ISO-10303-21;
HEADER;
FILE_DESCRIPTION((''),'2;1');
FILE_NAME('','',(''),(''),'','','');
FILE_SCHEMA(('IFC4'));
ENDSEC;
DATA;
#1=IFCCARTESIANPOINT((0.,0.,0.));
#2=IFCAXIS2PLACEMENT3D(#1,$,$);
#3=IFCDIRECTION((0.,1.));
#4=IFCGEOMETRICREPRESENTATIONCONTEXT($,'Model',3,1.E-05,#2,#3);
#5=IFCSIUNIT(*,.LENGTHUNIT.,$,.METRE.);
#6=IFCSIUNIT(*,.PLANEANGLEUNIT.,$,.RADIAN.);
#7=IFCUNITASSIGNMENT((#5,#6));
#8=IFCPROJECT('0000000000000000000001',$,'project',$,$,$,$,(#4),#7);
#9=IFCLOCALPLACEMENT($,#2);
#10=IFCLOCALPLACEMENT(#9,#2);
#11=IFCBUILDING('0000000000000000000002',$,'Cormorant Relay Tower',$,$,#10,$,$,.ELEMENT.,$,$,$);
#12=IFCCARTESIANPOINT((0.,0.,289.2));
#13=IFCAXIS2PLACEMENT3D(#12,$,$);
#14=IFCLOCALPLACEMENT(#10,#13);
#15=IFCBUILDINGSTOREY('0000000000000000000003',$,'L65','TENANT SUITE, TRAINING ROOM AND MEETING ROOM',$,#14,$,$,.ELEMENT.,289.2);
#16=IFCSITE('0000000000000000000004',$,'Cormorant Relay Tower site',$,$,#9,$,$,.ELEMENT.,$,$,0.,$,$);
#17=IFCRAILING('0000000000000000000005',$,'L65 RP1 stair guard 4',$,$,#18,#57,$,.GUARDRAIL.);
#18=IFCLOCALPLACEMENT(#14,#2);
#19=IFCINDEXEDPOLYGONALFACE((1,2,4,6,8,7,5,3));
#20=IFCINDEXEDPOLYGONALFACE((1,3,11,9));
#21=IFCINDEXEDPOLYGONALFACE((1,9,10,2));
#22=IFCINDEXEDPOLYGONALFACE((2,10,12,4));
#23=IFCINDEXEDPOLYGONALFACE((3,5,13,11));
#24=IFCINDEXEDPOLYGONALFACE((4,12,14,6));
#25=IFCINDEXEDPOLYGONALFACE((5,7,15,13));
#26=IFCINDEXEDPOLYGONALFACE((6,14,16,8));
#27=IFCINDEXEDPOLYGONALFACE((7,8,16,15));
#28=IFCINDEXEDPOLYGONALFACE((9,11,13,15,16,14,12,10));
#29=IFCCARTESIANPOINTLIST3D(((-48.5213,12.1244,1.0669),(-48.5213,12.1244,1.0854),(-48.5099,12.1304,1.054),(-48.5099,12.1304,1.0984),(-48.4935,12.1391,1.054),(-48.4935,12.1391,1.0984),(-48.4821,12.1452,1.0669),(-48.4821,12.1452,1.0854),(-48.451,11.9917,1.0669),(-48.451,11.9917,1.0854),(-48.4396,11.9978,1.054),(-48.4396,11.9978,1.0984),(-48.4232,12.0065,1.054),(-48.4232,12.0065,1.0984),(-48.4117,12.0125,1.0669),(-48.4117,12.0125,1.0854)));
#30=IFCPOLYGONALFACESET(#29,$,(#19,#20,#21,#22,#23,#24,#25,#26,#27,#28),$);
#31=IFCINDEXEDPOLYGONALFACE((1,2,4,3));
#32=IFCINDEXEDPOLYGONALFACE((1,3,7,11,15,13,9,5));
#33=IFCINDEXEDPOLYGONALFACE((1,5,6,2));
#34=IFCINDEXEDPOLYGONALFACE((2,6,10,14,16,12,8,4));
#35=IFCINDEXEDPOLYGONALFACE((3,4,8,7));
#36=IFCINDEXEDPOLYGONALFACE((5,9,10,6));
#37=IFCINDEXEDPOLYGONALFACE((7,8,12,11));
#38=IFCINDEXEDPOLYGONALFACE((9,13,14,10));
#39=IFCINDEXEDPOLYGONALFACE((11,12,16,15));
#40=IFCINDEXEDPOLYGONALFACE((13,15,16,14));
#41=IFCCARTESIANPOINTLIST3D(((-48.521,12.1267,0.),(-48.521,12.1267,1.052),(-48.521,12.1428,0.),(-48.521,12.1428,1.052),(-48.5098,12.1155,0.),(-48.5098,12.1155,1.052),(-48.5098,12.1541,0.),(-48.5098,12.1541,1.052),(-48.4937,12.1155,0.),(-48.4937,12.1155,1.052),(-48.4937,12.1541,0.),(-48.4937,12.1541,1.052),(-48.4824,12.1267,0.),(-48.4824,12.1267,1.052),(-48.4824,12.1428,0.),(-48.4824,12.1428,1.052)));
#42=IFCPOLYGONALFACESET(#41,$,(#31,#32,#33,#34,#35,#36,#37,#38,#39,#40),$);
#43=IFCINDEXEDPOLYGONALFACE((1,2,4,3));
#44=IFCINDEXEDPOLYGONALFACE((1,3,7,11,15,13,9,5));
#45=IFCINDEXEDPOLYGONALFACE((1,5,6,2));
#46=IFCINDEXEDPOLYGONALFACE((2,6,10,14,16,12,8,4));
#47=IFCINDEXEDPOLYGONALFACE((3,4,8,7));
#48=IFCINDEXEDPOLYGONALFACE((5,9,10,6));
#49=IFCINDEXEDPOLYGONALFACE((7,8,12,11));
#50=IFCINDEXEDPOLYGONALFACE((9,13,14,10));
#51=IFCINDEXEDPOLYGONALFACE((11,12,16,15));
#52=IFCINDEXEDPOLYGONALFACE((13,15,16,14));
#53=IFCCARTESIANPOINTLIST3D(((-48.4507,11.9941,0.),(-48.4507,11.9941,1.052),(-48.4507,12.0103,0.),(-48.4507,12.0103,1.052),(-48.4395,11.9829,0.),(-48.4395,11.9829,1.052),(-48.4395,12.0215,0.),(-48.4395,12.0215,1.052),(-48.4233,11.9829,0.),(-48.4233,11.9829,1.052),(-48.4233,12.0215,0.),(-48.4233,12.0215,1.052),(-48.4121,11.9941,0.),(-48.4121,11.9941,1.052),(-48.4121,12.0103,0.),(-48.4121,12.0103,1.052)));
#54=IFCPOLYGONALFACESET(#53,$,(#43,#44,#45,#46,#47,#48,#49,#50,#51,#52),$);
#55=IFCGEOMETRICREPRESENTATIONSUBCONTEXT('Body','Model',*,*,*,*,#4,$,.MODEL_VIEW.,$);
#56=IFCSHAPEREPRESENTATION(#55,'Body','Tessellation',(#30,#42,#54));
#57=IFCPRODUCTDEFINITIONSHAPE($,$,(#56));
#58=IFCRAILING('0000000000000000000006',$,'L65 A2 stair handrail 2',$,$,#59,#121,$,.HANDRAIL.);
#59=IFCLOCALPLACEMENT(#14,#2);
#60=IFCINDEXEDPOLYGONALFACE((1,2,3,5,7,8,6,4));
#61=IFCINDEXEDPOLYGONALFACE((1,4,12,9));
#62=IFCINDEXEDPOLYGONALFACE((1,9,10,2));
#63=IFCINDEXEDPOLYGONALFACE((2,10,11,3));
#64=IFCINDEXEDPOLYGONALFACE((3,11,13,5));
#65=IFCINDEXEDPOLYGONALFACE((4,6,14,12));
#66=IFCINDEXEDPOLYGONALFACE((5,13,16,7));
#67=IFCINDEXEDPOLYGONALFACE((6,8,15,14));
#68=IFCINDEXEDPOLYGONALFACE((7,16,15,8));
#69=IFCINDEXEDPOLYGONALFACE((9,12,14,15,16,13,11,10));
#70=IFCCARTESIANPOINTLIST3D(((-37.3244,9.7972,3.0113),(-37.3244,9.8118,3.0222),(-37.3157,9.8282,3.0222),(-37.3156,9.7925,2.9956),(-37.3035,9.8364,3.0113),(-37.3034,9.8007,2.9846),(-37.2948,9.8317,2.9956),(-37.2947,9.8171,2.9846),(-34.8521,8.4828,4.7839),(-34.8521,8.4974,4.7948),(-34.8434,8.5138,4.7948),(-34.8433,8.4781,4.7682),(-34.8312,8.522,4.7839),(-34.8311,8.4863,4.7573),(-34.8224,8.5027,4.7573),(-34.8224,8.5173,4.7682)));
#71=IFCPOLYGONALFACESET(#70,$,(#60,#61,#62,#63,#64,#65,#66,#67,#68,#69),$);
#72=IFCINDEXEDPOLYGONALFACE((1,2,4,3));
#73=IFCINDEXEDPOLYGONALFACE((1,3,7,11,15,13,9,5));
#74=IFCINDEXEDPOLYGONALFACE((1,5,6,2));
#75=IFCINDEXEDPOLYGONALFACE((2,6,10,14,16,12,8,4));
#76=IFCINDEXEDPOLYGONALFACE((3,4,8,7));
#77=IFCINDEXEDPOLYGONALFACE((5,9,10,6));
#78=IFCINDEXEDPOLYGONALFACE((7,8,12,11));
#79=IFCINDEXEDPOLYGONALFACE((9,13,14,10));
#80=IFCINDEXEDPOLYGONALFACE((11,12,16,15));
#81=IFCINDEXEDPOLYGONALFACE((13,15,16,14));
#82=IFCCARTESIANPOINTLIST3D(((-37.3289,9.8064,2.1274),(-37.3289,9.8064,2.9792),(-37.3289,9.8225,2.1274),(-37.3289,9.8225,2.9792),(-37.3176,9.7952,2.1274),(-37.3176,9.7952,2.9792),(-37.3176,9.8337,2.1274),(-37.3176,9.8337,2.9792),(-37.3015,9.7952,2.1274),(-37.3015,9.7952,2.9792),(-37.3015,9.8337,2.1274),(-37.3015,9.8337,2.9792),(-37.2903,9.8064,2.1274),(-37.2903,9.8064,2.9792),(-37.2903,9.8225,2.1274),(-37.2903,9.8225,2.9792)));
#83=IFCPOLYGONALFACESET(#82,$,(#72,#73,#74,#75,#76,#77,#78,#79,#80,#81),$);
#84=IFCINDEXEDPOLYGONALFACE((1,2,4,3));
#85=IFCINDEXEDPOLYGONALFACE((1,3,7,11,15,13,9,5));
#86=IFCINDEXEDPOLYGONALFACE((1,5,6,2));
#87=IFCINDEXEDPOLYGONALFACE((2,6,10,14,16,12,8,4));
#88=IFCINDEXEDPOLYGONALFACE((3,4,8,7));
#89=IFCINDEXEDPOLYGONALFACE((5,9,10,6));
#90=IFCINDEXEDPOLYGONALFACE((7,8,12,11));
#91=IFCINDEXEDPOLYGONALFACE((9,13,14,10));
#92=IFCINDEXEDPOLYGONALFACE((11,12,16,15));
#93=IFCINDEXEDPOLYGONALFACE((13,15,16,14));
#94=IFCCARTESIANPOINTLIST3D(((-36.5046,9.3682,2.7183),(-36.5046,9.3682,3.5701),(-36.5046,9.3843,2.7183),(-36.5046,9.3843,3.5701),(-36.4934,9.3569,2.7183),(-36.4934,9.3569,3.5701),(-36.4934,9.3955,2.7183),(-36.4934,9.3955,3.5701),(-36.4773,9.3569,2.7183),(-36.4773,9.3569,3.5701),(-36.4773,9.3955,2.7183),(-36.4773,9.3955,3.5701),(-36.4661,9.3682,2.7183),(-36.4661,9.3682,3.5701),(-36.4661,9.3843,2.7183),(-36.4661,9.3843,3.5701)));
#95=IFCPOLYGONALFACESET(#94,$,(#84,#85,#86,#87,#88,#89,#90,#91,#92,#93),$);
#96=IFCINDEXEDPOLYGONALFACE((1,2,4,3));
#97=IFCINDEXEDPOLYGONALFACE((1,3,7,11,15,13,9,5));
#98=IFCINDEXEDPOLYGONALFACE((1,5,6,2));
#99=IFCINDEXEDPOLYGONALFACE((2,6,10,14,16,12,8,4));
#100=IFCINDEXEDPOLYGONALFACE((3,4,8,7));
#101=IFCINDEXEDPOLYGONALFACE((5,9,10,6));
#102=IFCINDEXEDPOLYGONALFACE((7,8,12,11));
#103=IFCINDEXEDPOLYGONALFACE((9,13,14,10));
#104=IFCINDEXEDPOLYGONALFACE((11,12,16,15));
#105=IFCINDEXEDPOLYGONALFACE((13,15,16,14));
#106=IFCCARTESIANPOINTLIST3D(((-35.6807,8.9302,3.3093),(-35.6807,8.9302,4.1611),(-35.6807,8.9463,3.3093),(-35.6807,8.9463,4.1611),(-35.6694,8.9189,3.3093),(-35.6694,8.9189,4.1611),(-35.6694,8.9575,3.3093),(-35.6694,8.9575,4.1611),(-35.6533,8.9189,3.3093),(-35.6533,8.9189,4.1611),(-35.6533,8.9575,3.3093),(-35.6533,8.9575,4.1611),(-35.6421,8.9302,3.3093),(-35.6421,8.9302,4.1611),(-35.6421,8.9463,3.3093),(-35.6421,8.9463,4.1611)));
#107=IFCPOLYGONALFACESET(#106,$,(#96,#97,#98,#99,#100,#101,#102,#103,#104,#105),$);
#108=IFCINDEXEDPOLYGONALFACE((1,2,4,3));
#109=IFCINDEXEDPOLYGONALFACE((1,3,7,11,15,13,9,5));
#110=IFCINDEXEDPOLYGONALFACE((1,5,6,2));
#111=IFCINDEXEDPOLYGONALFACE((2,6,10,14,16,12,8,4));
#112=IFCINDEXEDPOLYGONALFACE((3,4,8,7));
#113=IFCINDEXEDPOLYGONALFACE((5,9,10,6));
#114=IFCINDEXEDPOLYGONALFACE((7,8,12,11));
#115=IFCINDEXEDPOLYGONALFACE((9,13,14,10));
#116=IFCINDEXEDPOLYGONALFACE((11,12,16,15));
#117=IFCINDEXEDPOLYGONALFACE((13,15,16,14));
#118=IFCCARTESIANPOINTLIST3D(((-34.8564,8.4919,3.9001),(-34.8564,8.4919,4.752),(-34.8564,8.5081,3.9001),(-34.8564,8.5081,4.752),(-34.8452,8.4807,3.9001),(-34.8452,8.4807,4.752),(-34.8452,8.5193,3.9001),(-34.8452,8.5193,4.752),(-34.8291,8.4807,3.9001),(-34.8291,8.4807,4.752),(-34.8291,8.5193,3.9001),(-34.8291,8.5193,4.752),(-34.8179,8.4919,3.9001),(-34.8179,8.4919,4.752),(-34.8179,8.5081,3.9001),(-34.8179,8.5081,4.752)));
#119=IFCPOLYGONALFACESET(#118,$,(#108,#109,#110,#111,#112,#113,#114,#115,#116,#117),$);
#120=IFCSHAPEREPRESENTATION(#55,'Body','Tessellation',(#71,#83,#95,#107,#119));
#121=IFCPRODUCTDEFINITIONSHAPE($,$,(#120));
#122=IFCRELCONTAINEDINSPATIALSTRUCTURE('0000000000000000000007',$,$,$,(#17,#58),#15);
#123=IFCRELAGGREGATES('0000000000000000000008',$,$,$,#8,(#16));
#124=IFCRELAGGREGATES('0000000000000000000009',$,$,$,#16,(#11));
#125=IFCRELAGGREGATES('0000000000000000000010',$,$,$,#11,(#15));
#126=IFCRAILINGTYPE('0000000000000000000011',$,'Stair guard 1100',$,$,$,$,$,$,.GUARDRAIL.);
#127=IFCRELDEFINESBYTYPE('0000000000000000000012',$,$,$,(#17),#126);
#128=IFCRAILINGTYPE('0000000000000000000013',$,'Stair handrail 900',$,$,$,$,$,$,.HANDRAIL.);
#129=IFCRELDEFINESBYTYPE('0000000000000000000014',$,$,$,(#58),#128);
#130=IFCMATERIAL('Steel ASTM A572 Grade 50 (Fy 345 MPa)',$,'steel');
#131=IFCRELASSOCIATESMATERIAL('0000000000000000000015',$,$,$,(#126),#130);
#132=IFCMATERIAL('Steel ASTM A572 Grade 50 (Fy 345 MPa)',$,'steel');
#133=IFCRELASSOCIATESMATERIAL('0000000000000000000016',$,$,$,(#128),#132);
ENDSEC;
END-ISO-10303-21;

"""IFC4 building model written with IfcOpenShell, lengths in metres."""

from ifc_helpers import new_model, si_unit, direction, frame, origin, place, context, subcontext, project, spatial, polyline, outline, extrude, material, type_object, element, save


model = new_model("IFC4")

# Units and contexts
model_context = context("Model", 3, precision=1e-05, world=origin(), true_north=direction((0.0, 1.0)))
body_context = subcontext(model_context, "Body", "Model", "MODEL_VIEW")
ifc_project = project(units=[si_unit("LENGTHUNIT", "METRE"), si_unit("PLANEANGLEUNIT", "RADIAN")], contexts=[model_context])

# Site, building, storey
site_placement = place(None, origin())
site = spatial("IfcSite", under=ifc_project, at=site_placement, Name="Cormorant Relay Tower site", CompositionType="ELEMENT", RefElevation=0.0)
building_placement = place(site_placement, origin())
building = spatial("IfcBuilding", under=site, at=building_placement, Name="Cormorant Relay Tower", CompositionType="ELEMENT")
storey_placement = place(building_placement, frame((0.0, 0.0, 289.2)))
storey = spatial("IfcBuildingStorey", under=building, at=storey_placement, Name="L65", Description="TENANT SUITE, TRAINING ROOM AND MEETING ROOM", CompositionType="ELEMENT", Elevation=289.2)

# Railings
ifc_material_1 = material(Name="Steel ASTM A572 Grade 50 (Fy 345 MPa)", Category="steel")
railing_type_1 = type_object("IfcRailingType", Name="Stair guard 1100", PredefinedType="GUARDRAIL", material=ifc_material_1)
railing_1_placement = place(storey_placement, frame((-48.5017, 12.1348, 0.0)))
element("IfcRailing", 1, at=railing_1_placement, inside=storey, type_object=railing_type_1, Name="L65 RP1 stair guard 4", PredefinedType="GUARDRAIL", context=body_context, shape_type="SweptSolid", body=[
    extrude(outline(polyline([(0.0222, 0.0093), (0.0093, 0.0222), (-0.0093, 0.0222), (-0.0222, 0.0093), (-0.0222, -0.0093), (-0.0093, -0.0222), (0.0093, -0.0222), (0.0222, -0.0093), (0.0222, 0.0093)])), frame((0.0, 0.0, 1.0762), z_axis=(0.46856, -0.883431, 0.0), x_axis=(0.883431, 0.46856, 0.0)), (0.0, 0.0, 1.0), 0.1501),
    extrude(outline(polyline([(0.0193, 0.0081), (0.0081, 0.0193), (-0.0081, 0.0193), (-0.0193, 0.0081), (-0.0193, -0.0081), (-0.0081, -0.0193), (0.0081, -0.0193), (0.0193, -0.0081), (0.0193, 0.0081)])), origin(), (0.0, 0.0, 1.0), 1.052),
    extrude(outline(polyline([(0.0193, 0.0081), (0.0081, 0.0193), (-0.0081, 0.0193), (-0.0193, 0.0081), (-0.0193, -0.0081), (-0.0081, -0.0193), (0.0081, -0.0193), (0.0193, -0.0081), (0.0193, 0.0081)])), frame((0.0703, -0.1326, 0.0)), (0.0, 0.0, 1.0), 1.052),
])
ifc_material_2 = material(Name="Steel ASTM A572 Grade 50 (Fy 345 MPa)", Category="steel")
railing_type_2 = type_object("IfcRailingType", Name="Stair handrail 900", PredefinedType="HANDRAIL", material=ifc_material_2)
railing_2_placement = place(storey_placement, frame((-37.3096, 9.8145, 2.1274)))
element("IfcRailing", 2, at=railing_2_placement, inside=storey, type_object=railing_type_2, Name="L65 A2 stair handrail 2", PredefinedType="HANDRAIL", context=body_context, shape_type="SweptSolid", body=[
    extrude(outline(polyline([(0.0222, 0.0093), (0.0093, 0.0222), (-0.0093, 0.0222), (-0.0222, 0.0093), (-0.0222, -0.0093), (-0.0093, -0.0222), (0.0093, -0.0222), (0.0222, -0.0093), (0.0222, 0.0093)])), frame((0.0, 0.0, 0.876), z_axis=(0.746034, -0.396627, 0.534902), x_axis=(0.469429, 0.88297, 0.0)), (0.0, 0.0, 1.0), 3.314),
    extrude(outline(polyline([(0.0193, 0.0081), (0.0081, 0.0193), (-0.0081, 0.0193), (-0.0193, 0.0081), (-0.0193, -0.0081), (-0.0081, -0.0193), (0.0081, -0.0193), (0.0193, -0.0081), (0.0193, 0.0081)])), origin(), (0.0, 0.0, 1.0), 0.8518),
    extrude(outline(polyline([(0.0193, 0.0081), (0.0081, 0.0193), (-0.0081, 0.0193), (-0.0193, 0.0081), (-0.0193, -0.0081), (-0.0081, -0.0193), (0.0081, -0.0193), (0.0193, -0.0081), (0.0193, 0.0081)])), frame((0.8242, -0.4382, 0.5908)), (0.0, 0.0, 1.0), 0.8518),
    extrude(outline(polyline([(0.0193, 0.0081), (0.0081, 0.0193), (-0.0081, 0.0193), (-0.0193, 0.0081), (-0.0193, -0.0081), (-0.0081, -0.0193), (0.0081, -0.0193), (0.0193, -0.0081), (0.0193, 0.0081)])), frame((1.6482, -0.8762, 1.1819)), (0.0, 0.0, 1.0), 0.8518),
    extrude(outline(polyline([(0.0193, 0.0081), (0.0081, 0.0193), (-0.0081, 0.0193), (-0.0193, 0.0081), (-0.0193, -0.0081), (-0.0081, -0.0193), (0.0081, -0.0193), (0.0193, -0.0081), (0.0193, 0.0081)])), frame((2.4724, -1.3145, 1.7727)), (0.0, 0.0, 1.0), 0.8518),
])

save(model, "model.ifc")
